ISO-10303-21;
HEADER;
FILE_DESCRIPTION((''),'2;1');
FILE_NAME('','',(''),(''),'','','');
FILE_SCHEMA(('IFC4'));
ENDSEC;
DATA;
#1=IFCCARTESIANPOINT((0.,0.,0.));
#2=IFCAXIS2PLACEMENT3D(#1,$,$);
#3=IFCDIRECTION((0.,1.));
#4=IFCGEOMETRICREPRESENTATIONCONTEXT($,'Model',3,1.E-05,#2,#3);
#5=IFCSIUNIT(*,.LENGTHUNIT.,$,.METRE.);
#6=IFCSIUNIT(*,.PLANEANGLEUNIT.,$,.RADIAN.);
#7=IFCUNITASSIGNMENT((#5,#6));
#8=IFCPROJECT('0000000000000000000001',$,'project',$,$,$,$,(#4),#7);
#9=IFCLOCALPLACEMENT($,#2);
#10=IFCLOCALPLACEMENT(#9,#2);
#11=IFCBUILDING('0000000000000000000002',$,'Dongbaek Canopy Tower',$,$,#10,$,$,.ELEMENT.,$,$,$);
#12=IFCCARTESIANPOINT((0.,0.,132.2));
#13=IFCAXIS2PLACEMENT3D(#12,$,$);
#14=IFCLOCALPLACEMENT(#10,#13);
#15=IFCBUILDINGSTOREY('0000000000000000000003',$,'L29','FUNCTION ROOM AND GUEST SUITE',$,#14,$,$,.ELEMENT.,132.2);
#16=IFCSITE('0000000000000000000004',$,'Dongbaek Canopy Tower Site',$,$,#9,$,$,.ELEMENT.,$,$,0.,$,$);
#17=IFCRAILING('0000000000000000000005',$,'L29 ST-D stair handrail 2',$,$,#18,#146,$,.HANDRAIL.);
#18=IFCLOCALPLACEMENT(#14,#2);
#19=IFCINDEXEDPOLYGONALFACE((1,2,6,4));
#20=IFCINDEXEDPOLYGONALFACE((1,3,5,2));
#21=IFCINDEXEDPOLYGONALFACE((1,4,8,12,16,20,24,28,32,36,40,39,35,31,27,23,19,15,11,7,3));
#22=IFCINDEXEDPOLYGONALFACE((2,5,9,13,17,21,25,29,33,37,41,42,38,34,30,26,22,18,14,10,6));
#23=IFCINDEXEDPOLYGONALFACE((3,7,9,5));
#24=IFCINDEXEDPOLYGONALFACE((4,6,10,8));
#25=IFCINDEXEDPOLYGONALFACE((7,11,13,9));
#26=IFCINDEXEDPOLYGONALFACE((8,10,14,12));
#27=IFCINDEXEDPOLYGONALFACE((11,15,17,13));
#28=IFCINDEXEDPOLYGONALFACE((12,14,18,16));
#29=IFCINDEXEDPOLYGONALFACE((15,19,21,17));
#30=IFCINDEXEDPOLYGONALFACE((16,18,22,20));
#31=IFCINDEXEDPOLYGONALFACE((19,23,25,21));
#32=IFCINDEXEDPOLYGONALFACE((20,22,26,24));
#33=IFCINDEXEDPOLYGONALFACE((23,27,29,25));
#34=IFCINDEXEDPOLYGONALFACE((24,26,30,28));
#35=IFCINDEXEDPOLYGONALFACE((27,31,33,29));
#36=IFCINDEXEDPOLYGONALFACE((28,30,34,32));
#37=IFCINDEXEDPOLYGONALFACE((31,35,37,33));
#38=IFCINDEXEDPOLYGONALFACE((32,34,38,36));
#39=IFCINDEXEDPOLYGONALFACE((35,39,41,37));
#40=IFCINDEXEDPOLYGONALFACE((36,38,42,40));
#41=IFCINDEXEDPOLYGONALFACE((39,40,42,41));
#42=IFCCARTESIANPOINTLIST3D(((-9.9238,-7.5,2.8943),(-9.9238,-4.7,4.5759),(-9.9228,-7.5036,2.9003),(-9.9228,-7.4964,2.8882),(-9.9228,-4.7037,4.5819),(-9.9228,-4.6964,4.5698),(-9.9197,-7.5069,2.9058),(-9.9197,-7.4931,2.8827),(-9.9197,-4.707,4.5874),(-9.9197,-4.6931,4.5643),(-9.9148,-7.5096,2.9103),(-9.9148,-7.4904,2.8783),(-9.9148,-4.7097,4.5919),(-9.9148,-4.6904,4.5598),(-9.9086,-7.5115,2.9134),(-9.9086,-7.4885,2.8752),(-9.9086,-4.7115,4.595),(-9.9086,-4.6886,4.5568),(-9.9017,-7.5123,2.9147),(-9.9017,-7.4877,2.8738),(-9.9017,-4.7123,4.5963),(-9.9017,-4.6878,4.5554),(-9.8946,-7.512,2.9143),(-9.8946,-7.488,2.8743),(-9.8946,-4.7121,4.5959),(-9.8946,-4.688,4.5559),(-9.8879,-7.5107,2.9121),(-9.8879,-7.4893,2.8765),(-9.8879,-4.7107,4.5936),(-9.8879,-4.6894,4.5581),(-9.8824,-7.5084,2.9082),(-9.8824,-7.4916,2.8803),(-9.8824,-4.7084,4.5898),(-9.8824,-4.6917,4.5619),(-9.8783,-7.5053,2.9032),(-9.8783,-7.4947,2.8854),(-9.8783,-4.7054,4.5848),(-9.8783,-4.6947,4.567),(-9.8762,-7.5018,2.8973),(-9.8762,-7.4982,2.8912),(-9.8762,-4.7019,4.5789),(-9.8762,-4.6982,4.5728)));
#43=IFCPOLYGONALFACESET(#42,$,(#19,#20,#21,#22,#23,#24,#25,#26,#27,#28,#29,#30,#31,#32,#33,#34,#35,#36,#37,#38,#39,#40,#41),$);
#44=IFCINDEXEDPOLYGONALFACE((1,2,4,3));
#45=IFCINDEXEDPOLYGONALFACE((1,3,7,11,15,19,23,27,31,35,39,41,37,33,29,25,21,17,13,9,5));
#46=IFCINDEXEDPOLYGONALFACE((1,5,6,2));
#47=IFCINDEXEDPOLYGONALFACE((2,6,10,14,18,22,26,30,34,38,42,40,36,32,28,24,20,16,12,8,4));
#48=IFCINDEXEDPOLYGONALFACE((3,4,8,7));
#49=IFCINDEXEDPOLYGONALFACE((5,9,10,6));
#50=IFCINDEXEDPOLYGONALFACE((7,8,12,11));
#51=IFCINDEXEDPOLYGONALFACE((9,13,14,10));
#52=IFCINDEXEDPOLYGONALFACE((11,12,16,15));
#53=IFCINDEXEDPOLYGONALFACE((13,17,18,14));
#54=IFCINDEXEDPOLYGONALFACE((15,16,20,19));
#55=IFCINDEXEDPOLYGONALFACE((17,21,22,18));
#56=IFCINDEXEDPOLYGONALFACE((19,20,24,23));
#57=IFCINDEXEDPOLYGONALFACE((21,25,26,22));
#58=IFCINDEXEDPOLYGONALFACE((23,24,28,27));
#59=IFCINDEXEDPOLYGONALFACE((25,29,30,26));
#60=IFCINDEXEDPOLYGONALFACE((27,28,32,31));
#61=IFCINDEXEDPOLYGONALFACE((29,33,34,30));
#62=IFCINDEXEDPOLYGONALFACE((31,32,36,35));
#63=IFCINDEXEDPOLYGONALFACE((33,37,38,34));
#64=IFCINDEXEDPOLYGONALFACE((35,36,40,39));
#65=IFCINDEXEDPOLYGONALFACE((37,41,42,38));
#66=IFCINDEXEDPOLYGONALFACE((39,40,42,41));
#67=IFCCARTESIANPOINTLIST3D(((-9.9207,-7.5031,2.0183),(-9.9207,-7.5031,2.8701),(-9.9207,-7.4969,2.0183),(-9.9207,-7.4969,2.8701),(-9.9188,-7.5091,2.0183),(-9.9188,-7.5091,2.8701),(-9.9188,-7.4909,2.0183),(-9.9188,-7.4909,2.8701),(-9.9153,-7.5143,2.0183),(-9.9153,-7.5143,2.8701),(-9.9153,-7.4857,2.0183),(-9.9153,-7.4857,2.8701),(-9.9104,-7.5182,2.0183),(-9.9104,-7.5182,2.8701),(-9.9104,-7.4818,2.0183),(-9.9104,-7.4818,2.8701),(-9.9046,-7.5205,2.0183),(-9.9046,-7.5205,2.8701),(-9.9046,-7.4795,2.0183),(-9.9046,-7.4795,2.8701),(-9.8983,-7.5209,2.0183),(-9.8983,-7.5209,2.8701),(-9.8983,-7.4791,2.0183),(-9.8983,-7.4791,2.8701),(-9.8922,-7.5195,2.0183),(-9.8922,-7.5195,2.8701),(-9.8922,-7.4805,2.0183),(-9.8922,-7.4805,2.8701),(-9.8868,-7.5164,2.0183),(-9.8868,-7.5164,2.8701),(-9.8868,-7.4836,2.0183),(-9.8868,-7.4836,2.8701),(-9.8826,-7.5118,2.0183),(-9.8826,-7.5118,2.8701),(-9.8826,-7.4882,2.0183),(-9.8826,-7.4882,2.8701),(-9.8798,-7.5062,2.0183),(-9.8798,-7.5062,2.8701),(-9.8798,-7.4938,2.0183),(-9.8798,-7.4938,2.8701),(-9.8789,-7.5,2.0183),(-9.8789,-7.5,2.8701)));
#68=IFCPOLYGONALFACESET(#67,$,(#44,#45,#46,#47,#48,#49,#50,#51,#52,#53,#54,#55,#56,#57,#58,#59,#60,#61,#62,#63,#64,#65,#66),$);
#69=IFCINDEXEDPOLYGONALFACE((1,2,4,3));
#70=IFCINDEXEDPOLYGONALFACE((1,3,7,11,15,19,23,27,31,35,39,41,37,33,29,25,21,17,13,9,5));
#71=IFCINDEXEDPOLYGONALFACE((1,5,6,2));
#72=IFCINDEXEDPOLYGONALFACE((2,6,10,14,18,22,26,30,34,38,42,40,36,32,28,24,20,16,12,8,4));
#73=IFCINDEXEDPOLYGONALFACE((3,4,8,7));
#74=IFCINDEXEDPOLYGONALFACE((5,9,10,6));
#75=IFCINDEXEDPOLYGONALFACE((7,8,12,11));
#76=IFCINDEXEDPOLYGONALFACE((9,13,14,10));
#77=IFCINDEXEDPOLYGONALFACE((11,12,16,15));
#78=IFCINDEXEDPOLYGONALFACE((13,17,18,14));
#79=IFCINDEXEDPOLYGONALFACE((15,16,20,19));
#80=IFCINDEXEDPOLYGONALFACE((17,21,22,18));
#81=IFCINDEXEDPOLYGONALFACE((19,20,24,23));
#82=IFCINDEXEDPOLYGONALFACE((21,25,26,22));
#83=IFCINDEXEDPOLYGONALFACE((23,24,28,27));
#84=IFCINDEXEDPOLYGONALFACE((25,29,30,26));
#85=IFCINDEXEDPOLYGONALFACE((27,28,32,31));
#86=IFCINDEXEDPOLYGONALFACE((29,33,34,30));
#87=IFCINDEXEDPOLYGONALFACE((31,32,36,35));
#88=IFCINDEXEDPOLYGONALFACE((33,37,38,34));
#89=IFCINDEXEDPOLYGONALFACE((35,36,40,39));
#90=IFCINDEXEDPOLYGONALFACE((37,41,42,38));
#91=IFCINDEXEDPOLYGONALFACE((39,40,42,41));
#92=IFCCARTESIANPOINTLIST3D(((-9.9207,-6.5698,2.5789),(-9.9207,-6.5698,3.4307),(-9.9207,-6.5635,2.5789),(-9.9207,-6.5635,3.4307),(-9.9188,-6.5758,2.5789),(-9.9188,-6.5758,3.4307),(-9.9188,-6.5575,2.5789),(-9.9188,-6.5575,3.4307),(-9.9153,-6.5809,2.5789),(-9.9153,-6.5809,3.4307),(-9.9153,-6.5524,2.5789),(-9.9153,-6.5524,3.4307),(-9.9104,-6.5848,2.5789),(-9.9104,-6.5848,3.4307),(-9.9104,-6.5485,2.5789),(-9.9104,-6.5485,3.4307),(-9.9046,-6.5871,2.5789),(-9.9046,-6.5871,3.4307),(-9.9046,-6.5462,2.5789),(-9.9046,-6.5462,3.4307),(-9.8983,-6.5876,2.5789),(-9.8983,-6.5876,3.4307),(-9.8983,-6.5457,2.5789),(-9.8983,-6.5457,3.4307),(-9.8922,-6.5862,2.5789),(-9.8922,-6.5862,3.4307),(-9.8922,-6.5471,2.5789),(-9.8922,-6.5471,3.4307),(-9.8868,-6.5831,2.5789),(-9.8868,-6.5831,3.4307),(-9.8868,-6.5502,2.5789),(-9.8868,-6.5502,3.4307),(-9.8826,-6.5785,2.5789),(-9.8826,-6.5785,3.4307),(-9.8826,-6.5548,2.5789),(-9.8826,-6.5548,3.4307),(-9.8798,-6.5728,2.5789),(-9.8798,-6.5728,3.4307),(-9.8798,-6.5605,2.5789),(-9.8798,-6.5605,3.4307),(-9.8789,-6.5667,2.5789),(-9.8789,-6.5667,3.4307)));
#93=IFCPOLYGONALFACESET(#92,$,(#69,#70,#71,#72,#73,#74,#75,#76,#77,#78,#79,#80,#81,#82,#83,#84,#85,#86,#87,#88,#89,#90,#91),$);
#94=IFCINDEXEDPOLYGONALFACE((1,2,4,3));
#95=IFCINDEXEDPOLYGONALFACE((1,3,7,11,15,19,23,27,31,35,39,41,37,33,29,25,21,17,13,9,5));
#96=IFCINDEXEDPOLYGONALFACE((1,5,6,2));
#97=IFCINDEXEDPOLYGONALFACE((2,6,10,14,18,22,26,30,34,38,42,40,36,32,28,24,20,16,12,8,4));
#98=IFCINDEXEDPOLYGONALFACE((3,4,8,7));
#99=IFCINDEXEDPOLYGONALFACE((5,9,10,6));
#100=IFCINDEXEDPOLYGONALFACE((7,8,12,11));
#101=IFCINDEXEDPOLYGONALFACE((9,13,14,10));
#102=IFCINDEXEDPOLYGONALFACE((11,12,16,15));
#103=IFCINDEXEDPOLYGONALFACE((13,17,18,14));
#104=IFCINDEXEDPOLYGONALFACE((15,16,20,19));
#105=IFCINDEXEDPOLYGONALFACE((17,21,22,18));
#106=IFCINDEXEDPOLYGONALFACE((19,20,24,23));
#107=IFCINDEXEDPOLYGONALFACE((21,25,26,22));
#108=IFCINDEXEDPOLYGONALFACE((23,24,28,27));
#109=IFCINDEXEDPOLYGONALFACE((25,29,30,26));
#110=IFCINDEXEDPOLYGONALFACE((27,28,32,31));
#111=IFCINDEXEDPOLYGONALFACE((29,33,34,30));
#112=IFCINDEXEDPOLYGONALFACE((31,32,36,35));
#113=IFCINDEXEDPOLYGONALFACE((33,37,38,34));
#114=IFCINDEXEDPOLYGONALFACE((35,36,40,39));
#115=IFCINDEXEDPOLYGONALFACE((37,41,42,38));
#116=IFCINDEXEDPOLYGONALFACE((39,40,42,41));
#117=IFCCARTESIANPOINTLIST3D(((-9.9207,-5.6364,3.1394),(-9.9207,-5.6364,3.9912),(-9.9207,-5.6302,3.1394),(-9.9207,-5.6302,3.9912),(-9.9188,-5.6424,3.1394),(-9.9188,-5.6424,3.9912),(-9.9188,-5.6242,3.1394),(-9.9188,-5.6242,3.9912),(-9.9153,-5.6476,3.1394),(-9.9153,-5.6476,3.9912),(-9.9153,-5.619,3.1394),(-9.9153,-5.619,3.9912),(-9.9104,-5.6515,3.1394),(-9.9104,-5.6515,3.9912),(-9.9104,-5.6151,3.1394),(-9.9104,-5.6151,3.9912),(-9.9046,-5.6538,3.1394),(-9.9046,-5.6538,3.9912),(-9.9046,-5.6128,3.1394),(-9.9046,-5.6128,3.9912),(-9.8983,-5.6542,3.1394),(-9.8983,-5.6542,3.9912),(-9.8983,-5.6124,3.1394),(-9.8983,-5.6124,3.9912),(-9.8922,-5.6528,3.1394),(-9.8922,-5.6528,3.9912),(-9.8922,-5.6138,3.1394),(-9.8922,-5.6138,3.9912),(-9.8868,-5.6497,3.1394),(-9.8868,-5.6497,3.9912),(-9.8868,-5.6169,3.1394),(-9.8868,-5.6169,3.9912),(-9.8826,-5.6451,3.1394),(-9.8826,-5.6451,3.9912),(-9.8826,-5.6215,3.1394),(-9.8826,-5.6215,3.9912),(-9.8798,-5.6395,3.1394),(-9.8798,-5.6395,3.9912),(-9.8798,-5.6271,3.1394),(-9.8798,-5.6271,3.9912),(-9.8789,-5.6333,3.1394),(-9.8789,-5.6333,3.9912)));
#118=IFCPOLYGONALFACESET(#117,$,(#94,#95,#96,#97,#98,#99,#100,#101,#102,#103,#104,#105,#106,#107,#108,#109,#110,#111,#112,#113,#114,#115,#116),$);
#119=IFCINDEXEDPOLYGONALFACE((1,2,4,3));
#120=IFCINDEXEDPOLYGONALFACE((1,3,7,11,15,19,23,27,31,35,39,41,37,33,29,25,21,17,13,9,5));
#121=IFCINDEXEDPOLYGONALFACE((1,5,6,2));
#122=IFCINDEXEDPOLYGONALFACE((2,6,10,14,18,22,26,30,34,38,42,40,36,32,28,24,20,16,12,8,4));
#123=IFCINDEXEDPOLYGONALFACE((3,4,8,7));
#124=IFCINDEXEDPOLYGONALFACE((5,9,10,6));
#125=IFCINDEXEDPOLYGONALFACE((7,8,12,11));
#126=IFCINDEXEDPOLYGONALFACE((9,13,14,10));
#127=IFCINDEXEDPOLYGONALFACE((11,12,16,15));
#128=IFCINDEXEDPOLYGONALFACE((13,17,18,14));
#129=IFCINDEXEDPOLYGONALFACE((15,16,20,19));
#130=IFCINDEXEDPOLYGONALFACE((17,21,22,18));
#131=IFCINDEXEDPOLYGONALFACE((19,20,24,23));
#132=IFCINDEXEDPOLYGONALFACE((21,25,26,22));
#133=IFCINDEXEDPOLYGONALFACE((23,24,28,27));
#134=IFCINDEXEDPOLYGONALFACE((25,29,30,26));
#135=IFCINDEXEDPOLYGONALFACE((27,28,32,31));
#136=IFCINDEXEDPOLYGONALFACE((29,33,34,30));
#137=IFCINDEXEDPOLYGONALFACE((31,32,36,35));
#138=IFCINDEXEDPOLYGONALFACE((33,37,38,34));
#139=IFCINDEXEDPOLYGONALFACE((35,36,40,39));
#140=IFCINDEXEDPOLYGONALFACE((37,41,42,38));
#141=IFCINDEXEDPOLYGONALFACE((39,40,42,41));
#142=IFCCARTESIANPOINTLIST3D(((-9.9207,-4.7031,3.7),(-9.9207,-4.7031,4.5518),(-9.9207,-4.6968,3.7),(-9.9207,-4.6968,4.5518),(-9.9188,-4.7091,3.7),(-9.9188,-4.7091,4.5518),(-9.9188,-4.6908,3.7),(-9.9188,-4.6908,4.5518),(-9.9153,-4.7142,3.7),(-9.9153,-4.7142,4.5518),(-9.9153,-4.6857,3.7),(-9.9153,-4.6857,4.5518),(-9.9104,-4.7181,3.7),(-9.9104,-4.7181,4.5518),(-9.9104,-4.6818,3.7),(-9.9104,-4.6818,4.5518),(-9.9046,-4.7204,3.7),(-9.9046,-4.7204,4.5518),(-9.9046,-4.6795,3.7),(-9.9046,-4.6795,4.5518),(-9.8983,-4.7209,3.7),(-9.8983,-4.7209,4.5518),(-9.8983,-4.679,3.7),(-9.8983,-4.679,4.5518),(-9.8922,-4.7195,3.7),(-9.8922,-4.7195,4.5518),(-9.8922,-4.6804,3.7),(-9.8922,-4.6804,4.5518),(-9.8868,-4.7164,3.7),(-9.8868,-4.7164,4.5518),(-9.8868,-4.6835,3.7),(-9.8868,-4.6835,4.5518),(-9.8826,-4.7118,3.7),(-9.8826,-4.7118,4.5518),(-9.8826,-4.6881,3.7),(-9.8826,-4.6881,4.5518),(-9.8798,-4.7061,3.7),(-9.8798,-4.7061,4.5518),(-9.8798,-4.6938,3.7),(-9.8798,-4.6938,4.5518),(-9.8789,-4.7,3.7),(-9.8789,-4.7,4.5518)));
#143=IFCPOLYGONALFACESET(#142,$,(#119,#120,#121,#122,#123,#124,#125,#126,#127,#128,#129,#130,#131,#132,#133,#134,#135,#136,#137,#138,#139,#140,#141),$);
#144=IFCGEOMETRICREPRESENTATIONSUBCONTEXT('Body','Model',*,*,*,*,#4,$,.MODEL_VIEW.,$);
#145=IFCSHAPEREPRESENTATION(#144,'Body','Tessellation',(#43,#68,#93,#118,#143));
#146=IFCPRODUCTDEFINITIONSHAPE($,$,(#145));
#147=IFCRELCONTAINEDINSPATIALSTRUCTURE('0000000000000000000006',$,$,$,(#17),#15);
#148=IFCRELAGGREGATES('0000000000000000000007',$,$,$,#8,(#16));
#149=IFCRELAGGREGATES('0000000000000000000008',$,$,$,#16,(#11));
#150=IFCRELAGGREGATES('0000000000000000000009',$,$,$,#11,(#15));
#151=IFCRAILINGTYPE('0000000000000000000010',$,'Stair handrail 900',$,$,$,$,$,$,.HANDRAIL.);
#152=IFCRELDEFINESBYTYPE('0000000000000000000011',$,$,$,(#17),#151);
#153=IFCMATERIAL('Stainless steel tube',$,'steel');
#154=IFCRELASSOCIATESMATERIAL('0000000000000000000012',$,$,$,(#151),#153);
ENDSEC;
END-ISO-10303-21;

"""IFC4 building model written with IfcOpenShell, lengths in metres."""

from ifc_helpers import new_model, si_unit, direction, frame, origin, origin_2d, place, context, subcontext, project, spatial, circle, extrude, material, type_object, element, save


model = new_model("IFC4")

# Units and contexts
model_context = context("Model", 3, precision=1e-05, world=origin(), true_north=direction((0.0, 1.0)))
body_context = subcontext(model_context, "Body", "Model", "MODEL_VIEW")
ifc_project = project(units=[si_unit("LENGTHUNIT", "METRE"), si_unit("PLANEANGLEUNIT", "RADIAN")], contexts=[model_context])

# Site, building, storey
site_placement = place(None, origin())
site = spatial("IfcSite", under=ifc_project, at=site_placement, Name="Dongbaek Canopy Tower Site", CompositionType="ELEMENT", RefElevation=0.0)
building_placement = place(site_placement, origin())
building = spatial("IfcBuilding", under=site, at=building_placement, Name="Dongbaek Canopy Tower", CompositionType="ELEMENT")
storey_placement = place(building_placement, frame((0.0, 0.0, 132.2)))
storey = spatial("IfcBuildingStorey", under=building, at=storey_placement, Name="L29", Description="FUNCTION ROOM AND GUEST SUITE", CompositionType="ELEMENT", Elevation=132.2)

# Railing
ifc_material_1 = material(Name="Stainless steel tube", Category="steel")
railing_type_1 = type_object("IfcRailingType", Name="Stair handrail 900", PredefinedType="HANDRAIL", material=ifc_material_1)
railing_1_placement = place(storey_placement, frame((-9.8999, -7.5, 2.0183)))
element("IfcRailing", 1, at=railing_1_placement, inside=storey, type_object=railing_type_1, Name="L29 ST-D stair handrail 2", PredefinedType="HANDRAIL", context=body_context, shape_type="SweptSolid", body=[
    extrude(circle(Radius=0.0239, at=origin_2d()), frame((0.0, 0.0, 0.876), z_axis=(0.0, 0.857275, 0.514858), x_axis=(-1.0, 0.0, 0.0)), (0.0, 0.0, 1.0), 3.2661),
    extrude(circle(Radius=0.021, at=origin_2d()), origin(), (0.0, 0.0, 1.0), 0.8518),
    extrude(circle(Radius=0.021, at=origin_2d()), frame((0.0, 0.9333, 0.5605)), (0.0, 0.0, 1.0), 0.8518),
    extrude(circle(Radius=0.021, at=origin_2d()), frame((0.0, 1.8667, 1.1211)), (0.0, 0.0, 1.0), 0.8518),
    extrude(circle(Radius=0.021, at=origin_2d()), frame((0.0, 2.8, 1.6816)), (0.0, 0.0, 1.0), 0.8518),
])

save(model, "model.ifc")
